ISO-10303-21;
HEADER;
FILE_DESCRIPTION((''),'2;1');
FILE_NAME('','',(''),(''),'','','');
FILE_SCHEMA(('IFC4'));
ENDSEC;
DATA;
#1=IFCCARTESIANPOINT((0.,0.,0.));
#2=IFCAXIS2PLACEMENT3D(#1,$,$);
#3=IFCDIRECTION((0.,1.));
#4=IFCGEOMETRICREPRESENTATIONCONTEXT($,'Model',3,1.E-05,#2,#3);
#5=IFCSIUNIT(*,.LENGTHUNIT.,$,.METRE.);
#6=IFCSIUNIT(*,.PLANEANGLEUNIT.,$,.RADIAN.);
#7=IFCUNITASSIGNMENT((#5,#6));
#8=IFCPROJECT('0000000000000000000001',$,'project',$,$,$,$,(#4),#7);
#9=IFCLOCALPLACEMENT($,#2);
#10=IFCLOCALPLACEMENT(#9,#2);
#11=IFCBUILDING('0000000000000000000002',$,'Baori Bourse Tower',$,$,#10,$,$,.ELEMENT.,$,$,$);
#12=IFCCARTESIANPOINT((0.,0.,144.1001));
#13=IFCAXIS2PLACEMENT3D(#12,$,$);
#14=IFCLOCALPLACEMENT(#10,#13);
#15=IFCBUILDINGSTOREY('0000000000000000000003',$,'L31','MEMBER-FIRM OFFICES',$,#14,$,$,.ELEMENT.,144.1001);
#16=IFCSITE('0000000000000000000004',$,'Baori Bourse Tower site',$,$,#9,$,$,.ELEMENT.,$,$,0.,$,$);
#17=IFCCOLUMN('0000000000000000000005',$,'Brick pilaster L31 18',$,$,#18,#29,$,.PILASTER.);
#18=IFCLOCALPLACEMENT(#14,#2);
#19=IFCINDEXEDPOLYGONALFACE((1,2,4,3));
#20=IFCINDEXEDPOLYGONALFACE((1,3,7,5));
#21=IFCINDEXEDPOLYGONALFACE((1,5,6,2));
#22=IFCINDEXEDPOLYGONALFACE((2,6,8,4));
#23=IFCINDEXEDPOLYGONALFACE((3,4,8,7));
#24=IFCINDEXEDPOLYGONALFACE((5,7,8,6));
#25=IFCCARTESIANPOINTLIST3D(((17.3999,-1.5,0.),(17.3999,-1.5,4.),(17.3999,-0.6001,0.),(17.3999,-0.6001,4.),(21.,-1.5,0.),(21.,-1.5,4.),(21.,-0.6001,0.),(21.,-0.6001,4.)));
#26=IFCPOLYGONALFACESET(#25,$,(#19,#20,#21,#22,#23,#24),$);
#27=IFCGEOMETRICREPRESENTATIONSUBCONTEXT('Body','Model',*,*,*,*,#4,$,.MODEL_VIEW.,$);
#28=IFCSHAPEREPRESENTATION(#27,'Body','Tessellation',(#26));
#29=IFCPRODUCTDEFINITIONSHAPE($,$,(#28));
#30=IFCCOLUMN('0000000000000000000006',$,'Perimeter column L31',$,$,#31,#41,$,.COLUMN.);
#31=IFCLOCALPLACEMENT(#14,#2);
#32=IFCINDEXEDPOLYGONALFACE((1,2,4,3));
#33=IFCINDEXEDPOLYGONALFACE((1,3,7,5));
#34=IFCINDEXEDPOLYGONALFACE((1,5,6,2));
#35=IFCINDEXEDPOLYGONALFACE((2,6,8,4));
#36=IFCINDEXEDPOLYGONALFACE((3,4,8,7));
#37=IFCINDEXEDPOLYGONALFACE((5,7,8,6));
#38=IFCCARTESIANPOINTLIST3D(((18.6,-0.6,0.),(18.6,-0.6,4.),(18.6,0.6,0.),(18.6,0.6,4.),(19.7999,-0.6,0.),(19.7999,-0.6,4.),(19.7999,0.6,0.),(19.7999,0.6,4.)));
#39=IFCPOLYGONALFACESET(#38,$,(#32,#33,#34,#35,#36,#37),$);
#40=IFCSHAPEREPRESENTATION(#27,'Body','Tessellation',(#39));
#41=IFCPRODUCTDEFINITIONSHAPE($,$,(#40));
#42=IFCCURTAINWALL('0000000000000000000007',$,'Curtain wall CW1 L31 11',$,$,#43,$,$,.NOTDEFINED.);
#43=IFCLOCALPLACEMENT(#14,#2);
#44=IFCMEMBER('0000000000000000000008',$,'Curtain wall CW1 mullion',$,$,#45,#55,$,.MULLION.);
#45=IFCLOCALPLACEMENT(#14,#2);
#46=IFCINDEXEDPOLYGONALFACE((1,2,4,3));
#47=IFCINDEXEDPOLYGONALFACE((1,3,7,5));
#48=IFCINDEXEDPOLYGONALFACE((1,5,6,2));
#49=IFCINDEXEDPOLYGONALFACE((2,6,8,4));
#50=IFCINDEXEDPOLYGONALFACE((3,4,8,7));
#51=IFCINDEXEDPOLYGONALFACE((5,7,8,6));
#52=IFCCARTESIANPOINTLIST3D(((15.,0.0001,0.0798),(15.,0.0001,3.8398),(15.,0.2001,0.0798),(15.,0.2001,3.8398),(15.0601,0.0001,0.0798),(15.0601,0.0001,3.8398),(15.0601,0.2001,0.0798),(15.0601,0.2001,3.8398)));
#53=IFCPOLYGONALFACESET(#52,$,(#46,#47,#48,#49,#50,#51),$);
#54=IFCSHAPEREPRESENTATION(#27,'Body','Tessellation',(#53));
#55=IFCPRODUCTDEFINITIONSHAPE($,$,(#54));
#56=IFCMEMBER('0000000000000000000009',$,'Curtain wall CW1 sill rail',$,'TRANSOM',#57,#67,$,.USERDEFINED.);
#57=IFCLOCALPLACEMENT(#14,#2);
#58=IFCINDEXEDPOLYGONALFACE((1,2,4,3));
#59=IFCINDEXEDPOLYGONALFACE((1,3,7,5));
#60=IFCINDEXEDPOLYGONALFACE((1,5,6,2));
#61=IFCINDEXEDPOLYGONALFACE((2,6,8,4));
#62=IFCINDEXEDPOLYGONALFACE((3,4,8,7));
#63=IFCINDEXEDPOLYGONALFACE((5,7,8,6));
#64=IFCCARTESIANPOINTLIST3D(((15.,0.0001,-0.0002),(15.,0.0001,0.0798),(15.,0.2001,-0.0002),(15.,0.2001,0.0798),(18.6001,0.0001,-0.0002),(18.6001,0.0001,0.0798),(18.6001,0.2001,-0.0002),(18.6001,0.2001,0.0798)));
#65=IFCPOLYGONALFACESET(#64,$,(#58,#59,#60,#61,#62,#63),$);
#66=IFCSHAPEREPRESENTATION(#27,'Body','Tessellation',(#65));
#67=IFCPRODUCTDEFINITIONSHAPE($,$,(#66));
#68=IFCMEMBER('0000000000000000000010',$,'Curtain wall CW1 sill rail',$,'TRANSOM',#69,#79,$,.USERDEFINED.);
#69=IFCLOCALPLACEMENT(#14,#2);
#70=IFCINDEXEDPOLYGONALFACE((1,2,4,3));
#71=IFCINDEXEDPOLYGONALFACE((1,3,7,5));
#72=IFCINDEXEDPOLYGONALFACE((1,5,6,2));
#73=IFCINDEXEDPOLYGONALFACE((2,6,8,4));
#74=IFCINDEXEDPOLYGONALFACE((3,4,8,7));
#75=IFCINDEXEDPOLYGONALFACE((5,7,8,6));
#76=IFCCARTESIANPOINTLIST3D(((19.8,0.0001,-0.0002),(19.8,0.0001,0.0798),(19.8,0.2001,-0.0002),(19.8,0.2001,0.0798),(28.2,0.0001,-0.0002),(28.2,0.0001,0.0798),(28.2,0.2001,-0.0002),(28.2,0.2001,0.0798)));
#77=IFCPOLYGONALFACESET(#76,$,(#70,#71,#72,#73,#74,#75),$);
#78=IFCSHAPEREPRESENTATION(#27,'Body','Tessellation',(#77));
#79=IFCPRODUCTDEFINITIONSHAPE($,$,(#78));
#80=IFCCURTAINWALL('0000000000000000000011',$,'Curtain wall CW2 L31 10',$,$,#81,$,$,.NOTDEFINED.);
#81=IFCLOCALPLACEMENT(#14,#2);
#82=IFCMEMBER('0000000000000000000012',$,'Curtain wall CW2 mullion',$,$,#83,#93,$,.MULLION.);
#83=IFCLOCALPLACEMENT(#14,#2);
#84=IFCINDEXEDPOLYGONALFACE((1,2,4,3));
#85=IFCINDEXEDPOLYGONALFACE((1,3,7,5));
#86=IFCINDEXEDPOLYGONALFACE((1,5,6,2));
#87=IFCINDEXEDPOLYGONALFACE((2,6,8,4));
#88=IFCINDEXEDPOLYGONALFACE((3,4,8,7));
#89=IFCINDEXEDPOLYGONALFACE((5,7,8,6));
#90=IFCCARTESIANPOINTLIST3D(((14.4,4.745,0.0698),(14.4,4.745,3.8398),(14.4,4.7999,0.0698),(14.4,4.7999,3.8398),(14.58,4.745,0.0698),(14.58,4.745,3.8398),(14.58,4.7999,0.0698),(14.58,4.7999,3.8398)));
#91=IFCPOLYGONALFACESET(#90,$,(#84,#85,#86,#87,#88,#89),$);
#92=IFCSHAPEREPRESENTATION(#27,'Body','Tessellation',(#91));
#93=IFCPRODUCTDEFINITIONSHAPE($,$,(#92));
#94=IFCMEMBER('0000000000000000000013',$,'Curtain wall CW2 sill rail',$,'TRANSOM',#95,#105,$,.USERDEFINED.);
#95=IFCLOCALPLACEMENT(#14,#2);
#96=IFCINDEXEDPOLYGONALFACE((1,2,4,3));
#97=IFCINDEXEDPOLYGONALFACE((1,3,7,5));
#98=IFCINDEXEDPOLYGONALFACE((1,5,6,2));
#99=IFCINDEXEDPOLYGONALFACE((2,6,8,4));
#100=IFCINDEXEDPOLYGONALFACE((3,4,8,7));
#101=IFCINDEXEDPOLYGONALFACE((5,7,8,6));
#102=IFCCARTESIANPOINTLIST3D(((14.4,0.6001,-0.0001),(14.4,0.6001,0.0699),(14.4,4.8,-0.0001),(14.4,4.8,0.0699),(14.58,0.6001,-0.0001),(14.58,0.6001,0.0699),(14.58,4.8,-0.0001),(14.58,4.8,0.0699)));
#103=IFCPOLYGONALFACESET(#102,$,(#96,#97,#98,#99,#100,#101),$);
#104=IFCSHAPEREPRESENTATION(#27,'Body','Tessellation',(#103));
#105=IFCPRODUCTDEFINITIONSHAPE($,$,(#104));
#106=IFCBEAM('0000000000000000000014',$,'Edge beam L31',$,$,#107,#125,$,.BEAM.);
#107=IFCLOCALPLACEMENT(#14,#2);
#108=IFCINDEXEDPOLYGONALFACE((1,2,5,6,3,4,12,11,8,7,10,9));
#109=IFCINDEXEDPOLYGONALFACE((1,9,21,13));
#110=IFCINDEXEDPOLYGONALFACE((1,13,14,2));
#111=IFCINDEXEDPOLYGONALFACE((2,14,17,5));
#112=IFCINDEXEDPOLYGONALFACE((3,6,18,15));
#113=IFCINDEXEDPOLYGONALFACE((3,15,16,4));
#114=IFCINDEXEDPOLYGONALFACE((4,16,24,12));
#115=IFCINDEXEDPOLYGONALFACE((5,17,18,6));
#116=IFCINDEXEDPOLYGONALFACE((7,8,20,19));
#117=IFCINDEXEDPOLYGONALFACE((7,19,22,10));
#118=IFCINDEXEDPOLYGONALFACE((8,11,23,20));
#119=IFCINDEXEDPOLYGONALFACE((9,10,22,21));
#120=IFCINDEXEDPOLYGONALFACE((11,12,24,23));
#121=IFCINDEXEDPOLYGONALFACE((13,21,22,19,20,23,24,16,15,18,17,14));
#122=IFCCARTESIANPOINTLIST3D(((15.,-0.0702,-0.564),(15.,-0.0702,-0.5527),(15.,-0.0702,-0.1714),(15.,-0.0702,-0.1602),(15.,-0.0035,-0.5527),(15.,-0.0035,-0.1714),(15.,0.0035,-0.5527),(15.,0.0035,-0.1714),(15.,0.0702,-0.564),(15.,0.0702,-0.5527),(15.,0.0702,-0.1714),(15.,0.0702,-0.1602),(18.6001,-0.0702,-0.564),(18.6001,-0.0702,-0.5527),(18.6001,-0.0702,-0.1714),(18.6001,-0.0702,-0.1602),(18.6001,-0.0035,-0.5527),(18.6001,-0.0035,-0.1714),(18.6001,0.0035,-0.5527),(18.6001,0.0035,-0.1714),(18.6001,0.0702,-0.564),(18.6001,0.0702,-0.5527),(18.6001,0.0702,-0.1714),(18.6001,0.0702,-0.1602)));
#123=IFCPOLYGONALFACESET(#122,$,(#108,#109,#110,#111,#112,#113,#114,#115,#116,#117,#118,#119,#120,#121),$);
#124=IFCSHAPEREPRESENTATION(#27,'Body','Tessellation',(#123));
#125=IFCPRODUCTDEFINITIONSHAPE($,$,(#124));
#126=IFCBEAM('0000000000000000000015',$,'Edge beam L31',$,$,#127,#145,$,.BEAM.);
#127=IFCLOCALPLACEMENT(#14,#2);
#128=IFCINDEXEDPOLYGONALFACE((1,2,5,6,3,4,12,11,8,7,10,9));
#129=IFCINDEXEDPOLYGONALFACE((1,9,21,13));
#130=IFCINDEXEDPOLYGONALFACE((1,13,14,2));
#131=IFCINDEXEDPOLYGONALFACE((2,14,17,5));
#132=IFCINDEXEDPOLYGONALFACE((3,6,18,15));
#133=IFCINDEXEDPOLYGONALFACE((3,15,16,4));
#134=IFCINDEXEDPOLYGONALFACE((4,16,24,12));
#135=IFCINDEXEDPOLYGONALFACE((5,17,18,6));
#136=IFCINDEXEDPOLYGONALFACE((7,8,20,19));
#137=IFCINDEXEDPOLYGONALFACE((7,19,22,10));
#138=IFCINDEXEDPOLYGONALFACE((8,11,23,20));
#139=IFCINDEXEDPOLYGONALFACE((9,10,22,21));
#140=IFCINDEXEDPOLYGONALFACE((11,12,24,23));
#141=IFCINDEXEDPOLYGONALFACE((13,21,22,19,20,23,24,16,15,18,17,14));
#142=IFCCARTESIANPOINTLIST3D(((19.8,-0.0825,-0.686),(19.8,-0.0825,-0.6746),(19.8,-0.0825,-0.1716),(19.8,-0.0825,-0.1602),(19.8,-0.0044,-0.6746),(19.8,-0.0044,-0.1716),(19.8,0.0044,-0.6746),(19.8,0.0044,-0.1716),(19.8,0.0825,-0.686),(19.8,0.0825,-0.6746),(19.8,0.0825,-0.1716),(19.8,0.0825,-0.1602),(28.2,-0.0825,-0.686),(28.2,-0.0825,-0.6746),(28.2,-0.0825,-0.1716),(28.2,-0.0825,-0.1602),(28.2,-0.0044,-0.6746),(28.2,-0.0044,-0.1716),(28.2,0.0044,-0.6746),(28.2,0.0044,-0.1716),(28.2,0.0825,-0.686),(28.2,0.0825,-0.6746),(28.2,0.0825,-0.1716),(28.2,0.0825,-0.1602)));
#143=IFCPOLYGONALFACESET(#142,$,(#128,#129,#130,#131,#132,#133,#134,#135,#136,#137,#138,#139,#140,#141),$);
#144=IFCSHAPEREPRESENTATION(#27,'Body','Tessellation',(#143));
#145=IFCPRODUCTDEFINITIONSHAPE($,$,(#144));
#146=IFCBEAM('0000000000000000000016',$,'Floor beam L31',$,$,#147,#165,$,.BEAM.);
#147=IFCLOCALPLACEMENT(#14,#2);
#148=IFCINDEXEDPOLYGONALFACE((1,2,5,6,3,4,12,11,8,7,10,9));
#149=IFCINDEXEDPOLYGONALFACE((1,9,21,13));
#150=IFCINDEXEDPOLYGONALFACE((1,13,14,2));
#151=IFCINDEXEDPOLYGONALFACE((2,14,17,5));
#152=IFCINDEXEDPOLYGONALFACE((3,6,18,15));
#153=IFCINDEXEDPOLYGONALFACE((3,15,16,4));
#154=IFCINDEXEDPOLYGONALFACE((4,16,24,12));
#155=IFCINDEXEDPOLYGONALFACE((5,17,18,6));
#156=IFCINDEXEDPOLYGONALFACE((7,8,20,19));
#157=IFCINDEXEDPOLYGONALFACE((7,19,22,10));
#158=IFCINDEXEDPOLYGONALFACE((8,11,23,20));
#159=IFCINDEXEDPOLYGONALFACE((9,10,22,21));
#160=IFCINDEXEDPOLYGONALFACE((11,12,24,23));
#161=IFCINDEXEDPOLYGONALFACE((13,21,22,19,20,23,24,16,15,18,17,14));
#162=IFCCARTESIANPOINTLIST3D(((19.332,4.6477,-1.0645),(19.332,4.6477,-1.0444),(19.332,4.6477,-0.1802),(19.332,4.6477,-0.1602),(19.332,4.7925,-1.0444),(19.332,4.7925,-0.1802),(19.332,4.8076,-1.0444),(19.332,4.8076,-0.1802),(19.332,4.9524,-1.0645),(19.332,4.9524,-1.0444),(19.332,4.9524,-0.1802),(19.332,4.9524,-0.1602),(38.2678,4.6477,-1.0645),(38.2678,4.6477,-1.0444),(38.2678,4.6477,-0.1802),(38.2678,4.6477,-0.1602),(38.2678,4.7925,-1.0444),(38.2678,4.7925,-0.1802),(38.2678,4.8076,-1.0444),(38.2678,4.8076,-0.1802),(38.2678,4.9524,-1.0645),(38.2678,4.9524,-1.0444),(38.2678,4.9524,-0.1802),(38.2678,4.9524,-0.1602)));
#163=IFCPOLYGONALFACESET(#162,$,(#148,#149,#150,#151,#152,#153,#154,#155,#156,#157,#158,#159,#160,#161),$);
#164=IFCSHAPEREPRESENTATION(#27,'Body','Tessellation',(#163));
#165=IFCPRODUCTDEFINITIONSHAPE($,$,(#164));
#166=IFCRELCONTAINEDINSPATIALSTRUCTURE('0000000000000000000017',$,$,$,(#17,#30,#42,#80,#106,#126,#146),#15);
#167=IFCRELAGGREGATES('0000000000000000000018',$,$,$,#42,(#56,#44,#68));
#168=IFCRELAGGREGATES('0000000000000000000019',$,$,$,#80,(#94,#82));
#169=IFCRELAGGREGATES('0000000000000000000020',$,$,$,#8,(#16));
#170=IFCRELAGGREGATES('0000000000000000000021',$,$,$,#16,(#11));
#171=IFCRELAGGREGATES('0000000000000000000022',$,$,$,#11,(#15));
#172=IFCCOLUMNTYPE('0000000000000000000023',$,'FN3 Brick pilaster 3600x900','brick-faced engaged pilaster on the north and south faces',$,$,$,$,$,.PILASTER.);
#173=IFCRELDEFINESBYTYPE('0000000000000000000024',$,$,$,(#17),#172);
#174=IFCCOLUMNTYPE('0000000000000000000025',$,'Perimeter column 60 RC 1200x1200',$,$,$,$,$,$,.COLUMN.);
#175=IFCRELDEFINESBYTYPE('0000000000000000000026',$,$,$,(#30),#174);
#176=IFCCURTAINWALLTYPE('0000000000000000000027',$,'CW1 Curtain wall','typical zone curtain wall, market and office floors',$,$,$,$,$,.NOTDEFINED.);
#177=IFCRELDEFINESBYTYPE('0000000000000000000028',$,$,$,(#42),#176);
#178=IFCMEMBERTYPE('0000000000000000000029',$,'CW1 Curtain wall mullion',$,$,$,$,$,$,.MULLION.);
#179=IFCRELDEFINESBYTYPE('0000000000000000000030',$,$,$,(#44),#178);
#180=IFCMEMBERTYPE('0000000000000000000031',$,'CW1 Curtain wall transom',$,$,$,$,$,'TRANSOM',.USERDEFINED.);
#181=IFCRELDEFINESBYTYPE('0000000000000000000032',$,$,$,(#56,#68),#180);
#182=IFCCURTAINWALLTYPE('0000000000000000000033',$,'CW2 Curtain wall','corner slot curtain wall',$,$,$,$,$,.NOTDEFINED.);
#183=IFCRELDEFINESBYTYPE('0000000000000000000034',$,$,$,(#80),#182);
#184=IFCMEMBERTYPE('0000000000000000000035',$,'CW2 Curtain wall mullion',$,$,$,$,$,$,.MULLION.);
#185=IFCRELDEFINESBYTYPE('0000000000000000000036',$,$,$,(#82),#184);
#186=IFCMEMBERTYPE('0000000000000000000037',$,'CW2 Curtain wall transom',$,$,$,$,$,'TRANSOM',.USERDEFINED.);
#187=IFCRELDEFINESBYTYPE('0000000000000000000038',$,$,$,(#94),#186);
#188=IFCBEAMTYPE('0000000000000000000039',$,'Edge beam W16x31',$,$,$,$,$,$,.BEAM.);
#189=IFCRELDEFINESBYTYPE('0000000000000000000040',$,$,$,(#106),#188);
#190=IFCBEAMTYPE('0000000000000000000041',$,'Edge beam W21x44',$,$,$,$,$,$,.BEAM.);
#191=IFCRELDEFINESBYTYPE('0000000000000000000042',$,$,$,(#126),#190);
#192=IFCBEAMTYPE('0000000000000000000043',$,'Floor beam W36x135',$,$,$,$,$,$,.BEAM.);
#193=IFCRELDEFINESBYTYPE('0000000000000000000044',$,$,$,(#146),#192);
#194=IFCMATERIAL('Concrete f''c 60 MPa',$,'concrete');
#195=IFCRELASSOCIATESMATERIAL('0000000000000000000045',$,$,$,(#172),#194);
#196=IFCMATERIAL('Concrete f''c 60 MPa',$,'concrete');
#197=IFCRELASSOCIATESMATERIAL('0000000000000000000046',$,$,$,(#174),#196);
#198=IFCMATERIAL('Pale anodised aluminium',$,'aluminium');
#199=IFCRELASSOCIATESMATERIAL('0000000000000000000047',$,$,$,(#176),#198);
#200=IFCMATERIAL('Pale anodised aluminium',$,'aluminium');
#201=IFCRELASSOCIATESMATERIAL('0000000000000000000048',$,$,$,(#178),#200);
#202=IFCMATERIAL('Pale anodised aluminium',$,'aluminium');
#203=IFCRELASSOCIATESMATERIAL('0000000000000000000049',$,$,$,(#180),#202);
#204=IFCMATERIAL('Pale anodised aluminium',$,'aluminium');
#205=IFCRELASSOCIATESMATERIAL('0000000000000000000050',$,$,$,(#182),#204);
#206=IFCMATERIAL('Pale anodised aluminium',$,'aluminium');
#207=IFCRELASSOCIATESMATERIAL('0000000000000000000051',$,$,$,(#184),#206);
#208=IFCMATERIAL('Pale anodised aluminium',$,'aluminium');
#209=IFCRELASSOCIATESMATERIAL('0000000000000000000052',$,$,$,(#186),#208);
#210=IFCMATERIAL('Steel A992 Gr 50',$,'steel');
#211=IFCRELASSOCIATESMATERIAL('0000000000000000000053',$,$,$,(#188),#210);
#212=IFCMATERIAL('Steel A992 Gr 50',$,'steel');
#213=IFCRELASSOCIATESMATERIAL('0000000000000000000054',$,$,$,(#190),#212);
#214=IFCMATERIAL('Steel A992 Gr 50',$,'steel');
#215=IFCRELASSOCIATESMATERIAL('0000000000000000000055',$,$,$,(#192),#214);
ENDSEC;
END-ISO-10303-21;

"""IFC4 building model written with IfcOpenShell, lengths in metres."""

from ifc_helpers import new_model, si_unit, direction, frame, origin, origin_2d, place, context, subcontext, project, spatial, rectangle, i_section, extrude, material, material_profile, profile_set, type_object, element, aggregate, save


model = new_model("IFC4")

# Units and contexts
model_context = context("Model", 3, precision=1e-05, world=origin(), true_north=direction((0.0, 1.0)))
body_context = subcontext(model_context, "Body", "Model", "MODEL_VIEW")
ifc_project = project(units=[si_unit("LENGTHUNIT", "METRE"), si_unit("PLANEANGLEUNIT", "RADIAN")], contexts=[model_context])

# Site, building, storey
site_placement = place(None, origin())
site = spatial("IfcSite", under=ifc_project, at=site_placement, Name="Baori Bourse Tower site", CompositionType="ELEMENT", RefElevation=0.0)
building_placement = place(site_placement, origin())
building = spatial("IfcBuilding", under=site, at=building_placement, Name="Baori Bourse Tower", CompositionType="ELEMENT")
storey_placement = place(building_placement, frame((0.0, 0.0, 144.1001)))
storey = spatial("IfcBuildingStorey", under=building, at=storey_placement, Name="L31", Description="MEMBER-FIRM OFFICES", CompositionType="ELEMENT", Elevation=144.1001)

# Columns
ifc_material_1 = material(Name="Concrete f'c 60 MPa", Category="concrete")
ifc_material_profile_1 = material_profile(ifc_material_1, rectangle(XDim=3.6001, YDim=0.8999, at=origin_2d()), Name="RC 3600x900")
ifc_profile_set_1 = profile_set([ifc_material_profile_1], Name="Concrete f'c 60 MPa")
column_type_1 = type_object("IfcColumnType", Name="FN3 Brick pilaster 3600x900", Description="brick-faced engaged pilaster on the north and south faces", PredefinedType="PILASTER", material=ifc_profile_set_1)
column_1_placement = place(storey_placement, frame((19.2, -1.05, 0.0), z_axis=(0.0, 0.0, 1.0), x_axis=(1.0, 0.0, 0.0)))
element("IfcColumn", 1, at=column_1_placement, inside=storey, type_object=column_type_1, Name="Brick pilaster L31 18", PredefinedType="PILASTER", context=body_context, shape_type="SweptSolid", body=[
    extrude(rectangle(XDim=3.6001, YDim=0.8999, at=origin_2d()), origin(), (0.0, 0.0, 1.0), 4.0),
])
ifc_material_2 = material(Name="Concrete f'c 60 MPa", Category="concrete")
ifc_material_profile_2 = material_profile(ifc_material_2, rectangle(XDim=1.2, YDim=1.2, at=origin_2d()), Name="RC 1200x1200")
ifc_profile_set_2 = profile_set([ifc_material_profile_2], Name="Concrete f'c 60 MPa")
column_type_2 = type_object("IfcColumnType", Name="Perimeter column 60 RC 1200x1200", PredefinedType="COLUMN", material=ifc_profile_set_2)
column_2_placement = place(storey_placement, frame((19.2, 0.0, 0.0), z_axis=(0.0, 0.0, 1.0), x_axis=(1.0, 0.0, 0.0)))
element("IfcColumn", 2, at=column_2_placement, inside=storey, type_object=column_type_2, Name="Perimeter column L31", PredefinedType="COLUMN", context=body_context, shape_type="SweptSolid", body=[
    extrude(rectangle(XDim=1.2, YDim=1.2, at=origin_2d()), origin(), (0.0, 0.0, 1.0), 4.0),
])

# Curtain walls, members
ifc_material_3 = material(Name="Pale anodised aluminium", Category="aluminium")
curtain_wall_type_1 = type_object("IfcCurtainWallType", Name="CW1 Curtain wall", Description="typical zone curtain wall, market and office floors", PredefinedType="NOTDEFINED", material=ifc_material_3)
curtain_wall_1_placement = place(storey_placement, origin())
curtain_wall_1 = element("IfcCurtainWall", 3, at=curtain_wall_1_placement, inside=storey, type_object=curtain_wall_type_1, Name="Curtain wall CW1 L31 11", PredefinedType="NOTDEFINED")
ifc_material_4 = material(Name="Pale anodised aluminium", Category="aluminium")
ifc_material_profile_3 = material_profile(ifc_material_4, rectangle(XDim=0.2, YDim=0.0601, at=origin_2d()), Name="Mullion 60x200")
ifc_profile_set_3 = profile_set([ifc_material_profile_3], Name="Pale anodised aluminium")
member_type_1 = type_object("IfcMemberType", Name="CW1 Curtain wall mullion", PredefinedType="MULLION", material=ifc_profile_set_3)
member_1_placement = place(storey_placement, frame((15.03, 0.1001, 0.0798), z_axis=(0.0, 0.0, 1.0), x_axis=(0.0, 1.0, 0.0)))
member_1 = element("IfcMember", 4, at=member_1_placement, type_object=member_type_1, Name="Curtain wall CW1 mullion", PredefinedType="MULLION", context=body_context, shape_type="SweptSolid", body=[
    extrude(rectangle(XDim=0.2, YDim=0.0601, at=origin_2d()), origin(), (0.0, 0.0, 1.0), 3.76),
])
ifc_material_5 = material(Name="Pale anodised aluminium", Category="aluminium")
ifc_material_profile_4 = material_profile(ifc_material_5, rectangle(XDim=0.2, YDim=0.0801, at=origin_2d()), Name="Transom 80x200")
ifc_profile_set_4 = profile_set([ifc_material_profile_4], Name="Pale anodised aluminium")
member_type_2 = type_object("IfcMemberType", Name="CW1 Curtain wall transom", ElementType="TRANSOM", PredefinedType="USERDEFINED", material=ifc_profile_set_4)
member_2_placement = place(storey_placement, frame((15.0, 0.1001, 0.0398), z_axis=(1.0, 0.0, 0.0), x_axis=(0.0, 1.0, 0.0)))
member_2 = element("IfcMember", 5, at=member_2_placement, type_object=member_type_2, Name="Curtain wall CW1 sill rail", ObjectType="TRANSOM", PredefinedType="USERDEFINED", context=body_context, shape_type="SweptSolid", body=[
    extrude(rectangle(XDim=0.2, YDim=0.0801, at=origin_2d()), origin(), (0.0, 0.0, 1.0), 3.6001),
])
member_3_placement = place(storey_placement, frame((19.8, 0.1001, 0.0398), z_axis=(1.0, 0.0, 0.0), x_axis=(0.0, 1.0, 0.0)))
member_3 = element("IfcMember", 6, at=member_3_placement, type_object=member_type_2, Name="Curtain wall CW1 sill rail", ObjectType="TRANSOM", PredefinedType="USERDEFINED", context=body_context, shape_type="SweptSolid", body=[
    extrude(rectangle(XDim=0.2, YDim=0.0801, at=origin_2d()), origin(), (0.0, 0.0, 1.0), 8.3999),
])
ifc_material_6 = material(Name="Pale anodised aluminium", Category="aluminium")
curtain_wall_type_2 = type_object("IfcCurtainWallType", Name="CW2 Curtain wall", Description="corner slot curtain wall", PredefinedType="NOTDEFINED", material=ifc_material_6)
curtain_wall_2_placement = place(storey_placement, origin())
curtain_wall_2 = element("IfcCurtainWall", 7, at=curtain_wall_2_placement, inside=storey, type_object=curtain_wall_type_2, Name="Curtain wall CW2 L31 10", PredefinedType="NOTDEFINED")
ifc_material_7 = material(Name="Pale anodised aluminium", Category="aluminium")
ifc_material_profile_5 = material_profile(ifc_material_7, rectangle(XDim=0.1799, YDim=0.0549, at=origin_2d()), Name="Mullion 55x180")
ifc_profile_set_5 = profile_set([ifc_material_profile_5], Name="Pale anodised aluminium")
member_type_3 = type_object("IfcMemberType", Name="CW2 Curtain wall mullion", PredefinedType="MULLION", material=ifc_profile_set_5)
member_4_placement = place(storey_placement, frame((14.49, 4.7725, 0.0698), z_axis=(0.0, 0.0, 1.0), x_axis=(1.0, 0.0, 0.0)))
member_4 = element("IfcMember", 8, at=member_4_placement, type_object=member_type_3, Name="Curtain wall CW2 mullion", PredefinedType="MULLION", context=body_context, shape_type="SweptSolid", body=[
    extrude(rectangle(XDim=0.1799, YDim=0.0549, at=origin_2d()), origin(), (0.0, 0.0, 1.0), 3.77),
])
ifc_material_8 = material(Name="Pale anodised aluminium", Category="aluminium")
ifc_material_profile_6 = material_profile(ifc_material_8, rectangle(XDim=0.1799, YDim=0.0701, at=origin_2d()), Name="Transom 70x180")
ifc_profile_set_6 = profile_set([ifc_material_profile_6], Name="Pale anodised aluminium")
member_type_4 = type_object("IfcMemberType", Name="CW2 Curtain wall transom", ElementType="TRANSOM", PredefinedType="USERDEFINED", material=ifc_profile_set_6)
member_5_placement = place(storey_placement, frame((14.49, 4.8, 0.0349), z_axis=(0.0, -1.0, 0.0), x_axis=(1.0, 0.0, 0.0)))
member_5 = element("IfcMember", 9, at=member_5_placement, type_object=member_type_4, Name="Curtain wall CW2 sill rail", ObjectType="TRANSOM", PredefinedType="USERDEFINED", context=body_context, shape_type="SweptSolid", body=[
    extrude(rectangle(XDim=0.1799, YDim=0.0701, at=origin_2d()), origin(), (0.0, 0.0, 1.0), 4.2),
])

# Beams
ifc_material_9 = material(Name="Steel A992 Gr 50", Category="steel")
ifc_material_profile_7 = material_profile(ifc_material_9, i_section(OverallWidth=0.1404, OverallDepth=0.4038, WebThickness=0.0071, FlangeThickness=0.0112, at=origin_2d()), Name="W16x31")
ifc_profile_set_7 = profile_set([ifc_material_profile_7], Name="Steel A992 Gr 50")
beam_type_1 = type_object("IfcBeamType", Name="Edge beam W16x31", PredefinedType="BEAM", material=ifc_profile_set_7)
beam_1_placement = place(storey_placement, frame((15.0, 0.0, -0.3621), z_axis=(1.0, 0.0, 0.0), x_axis=(0.0, 1.0, 0.0)))
element("IfcBeam", 10, at=beam_1_placement, inside=storey, type_object=beam_type_1, Name="Edge beam L31", PredefinedType="BEAM", context=body_context, shape_type="SweptSolid", body=[
    extrude(i_section(OverallWidth=0.1404, OverallDepth=0.4038, WebThickness=0.0071, FlangeThickness=0.0112, at=origin_2d()), origin(), (0.0, 0.0, 1.0), 3.6001),
])
ifc_material_10 = material(Name="Steel A992 Gr 50", Category="steel")
ifc_material_profile_8 = material_profile(ifc_material_10, i_section(OverallWidth=0.165, OverallDepth=0.5259, WebThickness=0.0088, FlangeThickness=0.0115, at=origin_2d()), Name="W21x44")
ifc_profile_set_8 = profile_set([ifc_material_profile_8], Name="Steel A992 Gr 50")
beam_type_2 = type_object("IfcBeamType", Name="Edge beam W21x44", PredefinedType="BEAM", material=ifc_profile_set_8)
beam_2_placement = place(storey_placement, frame((19.8, 0.0, -0.4231), z_axis=(1.0, 0.0, 0.0), x_axis=(0.0, 1.0, 0.0)))
element("IfcBeam", 11, at=beam_2_placement, inside=storey, type_object=beam_type_2, Name="Edge beam L31", PredefinedType="BEAM", context=body_context, shape_type="SweptSolid", body=[
    extrude(i_section(OverallWidth=0.165, OverallDepth=0.5259, WebThickness=0.0088, FlangeThickness=0.0115, at=origin_2d()), origin(), (0.0, 0.0, 1.0), 8.3999),
])
ifc_material_11 = material(Name="Steel A992 Gr 50", Category="steel")
ifc_material_profile_9 = material_profile(ifc_material_11, i_section(OverallWidth=0.3047, OverallDepth=0.9043, WebThickness=0.0151, FlangeThickness=0.02, at=origin_2d()), Name="W36x135")
ifc_profile_set_9 = profile_set([ifc_material_profile_9], Name="Steel A992 Gr 50")
beam_type_3 = type_object("IfcBeamType", Name="Floor beam W36x135", PredefinedType="BEAM", material=ifc_profile_set_9)
beam_3_placement = place(storey_placement, frame((19.332, 4.8, -0.6123), z_axis=(1.0, 0.0, 0.0), x_axis=(0.0, 1.0, 0.0)))
element("IfcBeam", 12, at=beam_3_placement, inside=storey, type_object=beam_type_3, Name="Floor beam L31", PredefinedType="BEAM", context=body_context, shape_type="SweptSolid", body=[
    extrude(i_section(OverallWidth=0.3047, OverallDepth=0.9043, WebThickness=0.0151, FlangeThickness=0.02, at=origin_2d()), origin(), (0.0, 0.0, 1.0), 18.9358),
])

aggregate(curtain_wall_1, [member_2, member_1, member_3])
aggregate(curtain_wall_2, [member_5, member_4])

save(model, "model.ifc")
